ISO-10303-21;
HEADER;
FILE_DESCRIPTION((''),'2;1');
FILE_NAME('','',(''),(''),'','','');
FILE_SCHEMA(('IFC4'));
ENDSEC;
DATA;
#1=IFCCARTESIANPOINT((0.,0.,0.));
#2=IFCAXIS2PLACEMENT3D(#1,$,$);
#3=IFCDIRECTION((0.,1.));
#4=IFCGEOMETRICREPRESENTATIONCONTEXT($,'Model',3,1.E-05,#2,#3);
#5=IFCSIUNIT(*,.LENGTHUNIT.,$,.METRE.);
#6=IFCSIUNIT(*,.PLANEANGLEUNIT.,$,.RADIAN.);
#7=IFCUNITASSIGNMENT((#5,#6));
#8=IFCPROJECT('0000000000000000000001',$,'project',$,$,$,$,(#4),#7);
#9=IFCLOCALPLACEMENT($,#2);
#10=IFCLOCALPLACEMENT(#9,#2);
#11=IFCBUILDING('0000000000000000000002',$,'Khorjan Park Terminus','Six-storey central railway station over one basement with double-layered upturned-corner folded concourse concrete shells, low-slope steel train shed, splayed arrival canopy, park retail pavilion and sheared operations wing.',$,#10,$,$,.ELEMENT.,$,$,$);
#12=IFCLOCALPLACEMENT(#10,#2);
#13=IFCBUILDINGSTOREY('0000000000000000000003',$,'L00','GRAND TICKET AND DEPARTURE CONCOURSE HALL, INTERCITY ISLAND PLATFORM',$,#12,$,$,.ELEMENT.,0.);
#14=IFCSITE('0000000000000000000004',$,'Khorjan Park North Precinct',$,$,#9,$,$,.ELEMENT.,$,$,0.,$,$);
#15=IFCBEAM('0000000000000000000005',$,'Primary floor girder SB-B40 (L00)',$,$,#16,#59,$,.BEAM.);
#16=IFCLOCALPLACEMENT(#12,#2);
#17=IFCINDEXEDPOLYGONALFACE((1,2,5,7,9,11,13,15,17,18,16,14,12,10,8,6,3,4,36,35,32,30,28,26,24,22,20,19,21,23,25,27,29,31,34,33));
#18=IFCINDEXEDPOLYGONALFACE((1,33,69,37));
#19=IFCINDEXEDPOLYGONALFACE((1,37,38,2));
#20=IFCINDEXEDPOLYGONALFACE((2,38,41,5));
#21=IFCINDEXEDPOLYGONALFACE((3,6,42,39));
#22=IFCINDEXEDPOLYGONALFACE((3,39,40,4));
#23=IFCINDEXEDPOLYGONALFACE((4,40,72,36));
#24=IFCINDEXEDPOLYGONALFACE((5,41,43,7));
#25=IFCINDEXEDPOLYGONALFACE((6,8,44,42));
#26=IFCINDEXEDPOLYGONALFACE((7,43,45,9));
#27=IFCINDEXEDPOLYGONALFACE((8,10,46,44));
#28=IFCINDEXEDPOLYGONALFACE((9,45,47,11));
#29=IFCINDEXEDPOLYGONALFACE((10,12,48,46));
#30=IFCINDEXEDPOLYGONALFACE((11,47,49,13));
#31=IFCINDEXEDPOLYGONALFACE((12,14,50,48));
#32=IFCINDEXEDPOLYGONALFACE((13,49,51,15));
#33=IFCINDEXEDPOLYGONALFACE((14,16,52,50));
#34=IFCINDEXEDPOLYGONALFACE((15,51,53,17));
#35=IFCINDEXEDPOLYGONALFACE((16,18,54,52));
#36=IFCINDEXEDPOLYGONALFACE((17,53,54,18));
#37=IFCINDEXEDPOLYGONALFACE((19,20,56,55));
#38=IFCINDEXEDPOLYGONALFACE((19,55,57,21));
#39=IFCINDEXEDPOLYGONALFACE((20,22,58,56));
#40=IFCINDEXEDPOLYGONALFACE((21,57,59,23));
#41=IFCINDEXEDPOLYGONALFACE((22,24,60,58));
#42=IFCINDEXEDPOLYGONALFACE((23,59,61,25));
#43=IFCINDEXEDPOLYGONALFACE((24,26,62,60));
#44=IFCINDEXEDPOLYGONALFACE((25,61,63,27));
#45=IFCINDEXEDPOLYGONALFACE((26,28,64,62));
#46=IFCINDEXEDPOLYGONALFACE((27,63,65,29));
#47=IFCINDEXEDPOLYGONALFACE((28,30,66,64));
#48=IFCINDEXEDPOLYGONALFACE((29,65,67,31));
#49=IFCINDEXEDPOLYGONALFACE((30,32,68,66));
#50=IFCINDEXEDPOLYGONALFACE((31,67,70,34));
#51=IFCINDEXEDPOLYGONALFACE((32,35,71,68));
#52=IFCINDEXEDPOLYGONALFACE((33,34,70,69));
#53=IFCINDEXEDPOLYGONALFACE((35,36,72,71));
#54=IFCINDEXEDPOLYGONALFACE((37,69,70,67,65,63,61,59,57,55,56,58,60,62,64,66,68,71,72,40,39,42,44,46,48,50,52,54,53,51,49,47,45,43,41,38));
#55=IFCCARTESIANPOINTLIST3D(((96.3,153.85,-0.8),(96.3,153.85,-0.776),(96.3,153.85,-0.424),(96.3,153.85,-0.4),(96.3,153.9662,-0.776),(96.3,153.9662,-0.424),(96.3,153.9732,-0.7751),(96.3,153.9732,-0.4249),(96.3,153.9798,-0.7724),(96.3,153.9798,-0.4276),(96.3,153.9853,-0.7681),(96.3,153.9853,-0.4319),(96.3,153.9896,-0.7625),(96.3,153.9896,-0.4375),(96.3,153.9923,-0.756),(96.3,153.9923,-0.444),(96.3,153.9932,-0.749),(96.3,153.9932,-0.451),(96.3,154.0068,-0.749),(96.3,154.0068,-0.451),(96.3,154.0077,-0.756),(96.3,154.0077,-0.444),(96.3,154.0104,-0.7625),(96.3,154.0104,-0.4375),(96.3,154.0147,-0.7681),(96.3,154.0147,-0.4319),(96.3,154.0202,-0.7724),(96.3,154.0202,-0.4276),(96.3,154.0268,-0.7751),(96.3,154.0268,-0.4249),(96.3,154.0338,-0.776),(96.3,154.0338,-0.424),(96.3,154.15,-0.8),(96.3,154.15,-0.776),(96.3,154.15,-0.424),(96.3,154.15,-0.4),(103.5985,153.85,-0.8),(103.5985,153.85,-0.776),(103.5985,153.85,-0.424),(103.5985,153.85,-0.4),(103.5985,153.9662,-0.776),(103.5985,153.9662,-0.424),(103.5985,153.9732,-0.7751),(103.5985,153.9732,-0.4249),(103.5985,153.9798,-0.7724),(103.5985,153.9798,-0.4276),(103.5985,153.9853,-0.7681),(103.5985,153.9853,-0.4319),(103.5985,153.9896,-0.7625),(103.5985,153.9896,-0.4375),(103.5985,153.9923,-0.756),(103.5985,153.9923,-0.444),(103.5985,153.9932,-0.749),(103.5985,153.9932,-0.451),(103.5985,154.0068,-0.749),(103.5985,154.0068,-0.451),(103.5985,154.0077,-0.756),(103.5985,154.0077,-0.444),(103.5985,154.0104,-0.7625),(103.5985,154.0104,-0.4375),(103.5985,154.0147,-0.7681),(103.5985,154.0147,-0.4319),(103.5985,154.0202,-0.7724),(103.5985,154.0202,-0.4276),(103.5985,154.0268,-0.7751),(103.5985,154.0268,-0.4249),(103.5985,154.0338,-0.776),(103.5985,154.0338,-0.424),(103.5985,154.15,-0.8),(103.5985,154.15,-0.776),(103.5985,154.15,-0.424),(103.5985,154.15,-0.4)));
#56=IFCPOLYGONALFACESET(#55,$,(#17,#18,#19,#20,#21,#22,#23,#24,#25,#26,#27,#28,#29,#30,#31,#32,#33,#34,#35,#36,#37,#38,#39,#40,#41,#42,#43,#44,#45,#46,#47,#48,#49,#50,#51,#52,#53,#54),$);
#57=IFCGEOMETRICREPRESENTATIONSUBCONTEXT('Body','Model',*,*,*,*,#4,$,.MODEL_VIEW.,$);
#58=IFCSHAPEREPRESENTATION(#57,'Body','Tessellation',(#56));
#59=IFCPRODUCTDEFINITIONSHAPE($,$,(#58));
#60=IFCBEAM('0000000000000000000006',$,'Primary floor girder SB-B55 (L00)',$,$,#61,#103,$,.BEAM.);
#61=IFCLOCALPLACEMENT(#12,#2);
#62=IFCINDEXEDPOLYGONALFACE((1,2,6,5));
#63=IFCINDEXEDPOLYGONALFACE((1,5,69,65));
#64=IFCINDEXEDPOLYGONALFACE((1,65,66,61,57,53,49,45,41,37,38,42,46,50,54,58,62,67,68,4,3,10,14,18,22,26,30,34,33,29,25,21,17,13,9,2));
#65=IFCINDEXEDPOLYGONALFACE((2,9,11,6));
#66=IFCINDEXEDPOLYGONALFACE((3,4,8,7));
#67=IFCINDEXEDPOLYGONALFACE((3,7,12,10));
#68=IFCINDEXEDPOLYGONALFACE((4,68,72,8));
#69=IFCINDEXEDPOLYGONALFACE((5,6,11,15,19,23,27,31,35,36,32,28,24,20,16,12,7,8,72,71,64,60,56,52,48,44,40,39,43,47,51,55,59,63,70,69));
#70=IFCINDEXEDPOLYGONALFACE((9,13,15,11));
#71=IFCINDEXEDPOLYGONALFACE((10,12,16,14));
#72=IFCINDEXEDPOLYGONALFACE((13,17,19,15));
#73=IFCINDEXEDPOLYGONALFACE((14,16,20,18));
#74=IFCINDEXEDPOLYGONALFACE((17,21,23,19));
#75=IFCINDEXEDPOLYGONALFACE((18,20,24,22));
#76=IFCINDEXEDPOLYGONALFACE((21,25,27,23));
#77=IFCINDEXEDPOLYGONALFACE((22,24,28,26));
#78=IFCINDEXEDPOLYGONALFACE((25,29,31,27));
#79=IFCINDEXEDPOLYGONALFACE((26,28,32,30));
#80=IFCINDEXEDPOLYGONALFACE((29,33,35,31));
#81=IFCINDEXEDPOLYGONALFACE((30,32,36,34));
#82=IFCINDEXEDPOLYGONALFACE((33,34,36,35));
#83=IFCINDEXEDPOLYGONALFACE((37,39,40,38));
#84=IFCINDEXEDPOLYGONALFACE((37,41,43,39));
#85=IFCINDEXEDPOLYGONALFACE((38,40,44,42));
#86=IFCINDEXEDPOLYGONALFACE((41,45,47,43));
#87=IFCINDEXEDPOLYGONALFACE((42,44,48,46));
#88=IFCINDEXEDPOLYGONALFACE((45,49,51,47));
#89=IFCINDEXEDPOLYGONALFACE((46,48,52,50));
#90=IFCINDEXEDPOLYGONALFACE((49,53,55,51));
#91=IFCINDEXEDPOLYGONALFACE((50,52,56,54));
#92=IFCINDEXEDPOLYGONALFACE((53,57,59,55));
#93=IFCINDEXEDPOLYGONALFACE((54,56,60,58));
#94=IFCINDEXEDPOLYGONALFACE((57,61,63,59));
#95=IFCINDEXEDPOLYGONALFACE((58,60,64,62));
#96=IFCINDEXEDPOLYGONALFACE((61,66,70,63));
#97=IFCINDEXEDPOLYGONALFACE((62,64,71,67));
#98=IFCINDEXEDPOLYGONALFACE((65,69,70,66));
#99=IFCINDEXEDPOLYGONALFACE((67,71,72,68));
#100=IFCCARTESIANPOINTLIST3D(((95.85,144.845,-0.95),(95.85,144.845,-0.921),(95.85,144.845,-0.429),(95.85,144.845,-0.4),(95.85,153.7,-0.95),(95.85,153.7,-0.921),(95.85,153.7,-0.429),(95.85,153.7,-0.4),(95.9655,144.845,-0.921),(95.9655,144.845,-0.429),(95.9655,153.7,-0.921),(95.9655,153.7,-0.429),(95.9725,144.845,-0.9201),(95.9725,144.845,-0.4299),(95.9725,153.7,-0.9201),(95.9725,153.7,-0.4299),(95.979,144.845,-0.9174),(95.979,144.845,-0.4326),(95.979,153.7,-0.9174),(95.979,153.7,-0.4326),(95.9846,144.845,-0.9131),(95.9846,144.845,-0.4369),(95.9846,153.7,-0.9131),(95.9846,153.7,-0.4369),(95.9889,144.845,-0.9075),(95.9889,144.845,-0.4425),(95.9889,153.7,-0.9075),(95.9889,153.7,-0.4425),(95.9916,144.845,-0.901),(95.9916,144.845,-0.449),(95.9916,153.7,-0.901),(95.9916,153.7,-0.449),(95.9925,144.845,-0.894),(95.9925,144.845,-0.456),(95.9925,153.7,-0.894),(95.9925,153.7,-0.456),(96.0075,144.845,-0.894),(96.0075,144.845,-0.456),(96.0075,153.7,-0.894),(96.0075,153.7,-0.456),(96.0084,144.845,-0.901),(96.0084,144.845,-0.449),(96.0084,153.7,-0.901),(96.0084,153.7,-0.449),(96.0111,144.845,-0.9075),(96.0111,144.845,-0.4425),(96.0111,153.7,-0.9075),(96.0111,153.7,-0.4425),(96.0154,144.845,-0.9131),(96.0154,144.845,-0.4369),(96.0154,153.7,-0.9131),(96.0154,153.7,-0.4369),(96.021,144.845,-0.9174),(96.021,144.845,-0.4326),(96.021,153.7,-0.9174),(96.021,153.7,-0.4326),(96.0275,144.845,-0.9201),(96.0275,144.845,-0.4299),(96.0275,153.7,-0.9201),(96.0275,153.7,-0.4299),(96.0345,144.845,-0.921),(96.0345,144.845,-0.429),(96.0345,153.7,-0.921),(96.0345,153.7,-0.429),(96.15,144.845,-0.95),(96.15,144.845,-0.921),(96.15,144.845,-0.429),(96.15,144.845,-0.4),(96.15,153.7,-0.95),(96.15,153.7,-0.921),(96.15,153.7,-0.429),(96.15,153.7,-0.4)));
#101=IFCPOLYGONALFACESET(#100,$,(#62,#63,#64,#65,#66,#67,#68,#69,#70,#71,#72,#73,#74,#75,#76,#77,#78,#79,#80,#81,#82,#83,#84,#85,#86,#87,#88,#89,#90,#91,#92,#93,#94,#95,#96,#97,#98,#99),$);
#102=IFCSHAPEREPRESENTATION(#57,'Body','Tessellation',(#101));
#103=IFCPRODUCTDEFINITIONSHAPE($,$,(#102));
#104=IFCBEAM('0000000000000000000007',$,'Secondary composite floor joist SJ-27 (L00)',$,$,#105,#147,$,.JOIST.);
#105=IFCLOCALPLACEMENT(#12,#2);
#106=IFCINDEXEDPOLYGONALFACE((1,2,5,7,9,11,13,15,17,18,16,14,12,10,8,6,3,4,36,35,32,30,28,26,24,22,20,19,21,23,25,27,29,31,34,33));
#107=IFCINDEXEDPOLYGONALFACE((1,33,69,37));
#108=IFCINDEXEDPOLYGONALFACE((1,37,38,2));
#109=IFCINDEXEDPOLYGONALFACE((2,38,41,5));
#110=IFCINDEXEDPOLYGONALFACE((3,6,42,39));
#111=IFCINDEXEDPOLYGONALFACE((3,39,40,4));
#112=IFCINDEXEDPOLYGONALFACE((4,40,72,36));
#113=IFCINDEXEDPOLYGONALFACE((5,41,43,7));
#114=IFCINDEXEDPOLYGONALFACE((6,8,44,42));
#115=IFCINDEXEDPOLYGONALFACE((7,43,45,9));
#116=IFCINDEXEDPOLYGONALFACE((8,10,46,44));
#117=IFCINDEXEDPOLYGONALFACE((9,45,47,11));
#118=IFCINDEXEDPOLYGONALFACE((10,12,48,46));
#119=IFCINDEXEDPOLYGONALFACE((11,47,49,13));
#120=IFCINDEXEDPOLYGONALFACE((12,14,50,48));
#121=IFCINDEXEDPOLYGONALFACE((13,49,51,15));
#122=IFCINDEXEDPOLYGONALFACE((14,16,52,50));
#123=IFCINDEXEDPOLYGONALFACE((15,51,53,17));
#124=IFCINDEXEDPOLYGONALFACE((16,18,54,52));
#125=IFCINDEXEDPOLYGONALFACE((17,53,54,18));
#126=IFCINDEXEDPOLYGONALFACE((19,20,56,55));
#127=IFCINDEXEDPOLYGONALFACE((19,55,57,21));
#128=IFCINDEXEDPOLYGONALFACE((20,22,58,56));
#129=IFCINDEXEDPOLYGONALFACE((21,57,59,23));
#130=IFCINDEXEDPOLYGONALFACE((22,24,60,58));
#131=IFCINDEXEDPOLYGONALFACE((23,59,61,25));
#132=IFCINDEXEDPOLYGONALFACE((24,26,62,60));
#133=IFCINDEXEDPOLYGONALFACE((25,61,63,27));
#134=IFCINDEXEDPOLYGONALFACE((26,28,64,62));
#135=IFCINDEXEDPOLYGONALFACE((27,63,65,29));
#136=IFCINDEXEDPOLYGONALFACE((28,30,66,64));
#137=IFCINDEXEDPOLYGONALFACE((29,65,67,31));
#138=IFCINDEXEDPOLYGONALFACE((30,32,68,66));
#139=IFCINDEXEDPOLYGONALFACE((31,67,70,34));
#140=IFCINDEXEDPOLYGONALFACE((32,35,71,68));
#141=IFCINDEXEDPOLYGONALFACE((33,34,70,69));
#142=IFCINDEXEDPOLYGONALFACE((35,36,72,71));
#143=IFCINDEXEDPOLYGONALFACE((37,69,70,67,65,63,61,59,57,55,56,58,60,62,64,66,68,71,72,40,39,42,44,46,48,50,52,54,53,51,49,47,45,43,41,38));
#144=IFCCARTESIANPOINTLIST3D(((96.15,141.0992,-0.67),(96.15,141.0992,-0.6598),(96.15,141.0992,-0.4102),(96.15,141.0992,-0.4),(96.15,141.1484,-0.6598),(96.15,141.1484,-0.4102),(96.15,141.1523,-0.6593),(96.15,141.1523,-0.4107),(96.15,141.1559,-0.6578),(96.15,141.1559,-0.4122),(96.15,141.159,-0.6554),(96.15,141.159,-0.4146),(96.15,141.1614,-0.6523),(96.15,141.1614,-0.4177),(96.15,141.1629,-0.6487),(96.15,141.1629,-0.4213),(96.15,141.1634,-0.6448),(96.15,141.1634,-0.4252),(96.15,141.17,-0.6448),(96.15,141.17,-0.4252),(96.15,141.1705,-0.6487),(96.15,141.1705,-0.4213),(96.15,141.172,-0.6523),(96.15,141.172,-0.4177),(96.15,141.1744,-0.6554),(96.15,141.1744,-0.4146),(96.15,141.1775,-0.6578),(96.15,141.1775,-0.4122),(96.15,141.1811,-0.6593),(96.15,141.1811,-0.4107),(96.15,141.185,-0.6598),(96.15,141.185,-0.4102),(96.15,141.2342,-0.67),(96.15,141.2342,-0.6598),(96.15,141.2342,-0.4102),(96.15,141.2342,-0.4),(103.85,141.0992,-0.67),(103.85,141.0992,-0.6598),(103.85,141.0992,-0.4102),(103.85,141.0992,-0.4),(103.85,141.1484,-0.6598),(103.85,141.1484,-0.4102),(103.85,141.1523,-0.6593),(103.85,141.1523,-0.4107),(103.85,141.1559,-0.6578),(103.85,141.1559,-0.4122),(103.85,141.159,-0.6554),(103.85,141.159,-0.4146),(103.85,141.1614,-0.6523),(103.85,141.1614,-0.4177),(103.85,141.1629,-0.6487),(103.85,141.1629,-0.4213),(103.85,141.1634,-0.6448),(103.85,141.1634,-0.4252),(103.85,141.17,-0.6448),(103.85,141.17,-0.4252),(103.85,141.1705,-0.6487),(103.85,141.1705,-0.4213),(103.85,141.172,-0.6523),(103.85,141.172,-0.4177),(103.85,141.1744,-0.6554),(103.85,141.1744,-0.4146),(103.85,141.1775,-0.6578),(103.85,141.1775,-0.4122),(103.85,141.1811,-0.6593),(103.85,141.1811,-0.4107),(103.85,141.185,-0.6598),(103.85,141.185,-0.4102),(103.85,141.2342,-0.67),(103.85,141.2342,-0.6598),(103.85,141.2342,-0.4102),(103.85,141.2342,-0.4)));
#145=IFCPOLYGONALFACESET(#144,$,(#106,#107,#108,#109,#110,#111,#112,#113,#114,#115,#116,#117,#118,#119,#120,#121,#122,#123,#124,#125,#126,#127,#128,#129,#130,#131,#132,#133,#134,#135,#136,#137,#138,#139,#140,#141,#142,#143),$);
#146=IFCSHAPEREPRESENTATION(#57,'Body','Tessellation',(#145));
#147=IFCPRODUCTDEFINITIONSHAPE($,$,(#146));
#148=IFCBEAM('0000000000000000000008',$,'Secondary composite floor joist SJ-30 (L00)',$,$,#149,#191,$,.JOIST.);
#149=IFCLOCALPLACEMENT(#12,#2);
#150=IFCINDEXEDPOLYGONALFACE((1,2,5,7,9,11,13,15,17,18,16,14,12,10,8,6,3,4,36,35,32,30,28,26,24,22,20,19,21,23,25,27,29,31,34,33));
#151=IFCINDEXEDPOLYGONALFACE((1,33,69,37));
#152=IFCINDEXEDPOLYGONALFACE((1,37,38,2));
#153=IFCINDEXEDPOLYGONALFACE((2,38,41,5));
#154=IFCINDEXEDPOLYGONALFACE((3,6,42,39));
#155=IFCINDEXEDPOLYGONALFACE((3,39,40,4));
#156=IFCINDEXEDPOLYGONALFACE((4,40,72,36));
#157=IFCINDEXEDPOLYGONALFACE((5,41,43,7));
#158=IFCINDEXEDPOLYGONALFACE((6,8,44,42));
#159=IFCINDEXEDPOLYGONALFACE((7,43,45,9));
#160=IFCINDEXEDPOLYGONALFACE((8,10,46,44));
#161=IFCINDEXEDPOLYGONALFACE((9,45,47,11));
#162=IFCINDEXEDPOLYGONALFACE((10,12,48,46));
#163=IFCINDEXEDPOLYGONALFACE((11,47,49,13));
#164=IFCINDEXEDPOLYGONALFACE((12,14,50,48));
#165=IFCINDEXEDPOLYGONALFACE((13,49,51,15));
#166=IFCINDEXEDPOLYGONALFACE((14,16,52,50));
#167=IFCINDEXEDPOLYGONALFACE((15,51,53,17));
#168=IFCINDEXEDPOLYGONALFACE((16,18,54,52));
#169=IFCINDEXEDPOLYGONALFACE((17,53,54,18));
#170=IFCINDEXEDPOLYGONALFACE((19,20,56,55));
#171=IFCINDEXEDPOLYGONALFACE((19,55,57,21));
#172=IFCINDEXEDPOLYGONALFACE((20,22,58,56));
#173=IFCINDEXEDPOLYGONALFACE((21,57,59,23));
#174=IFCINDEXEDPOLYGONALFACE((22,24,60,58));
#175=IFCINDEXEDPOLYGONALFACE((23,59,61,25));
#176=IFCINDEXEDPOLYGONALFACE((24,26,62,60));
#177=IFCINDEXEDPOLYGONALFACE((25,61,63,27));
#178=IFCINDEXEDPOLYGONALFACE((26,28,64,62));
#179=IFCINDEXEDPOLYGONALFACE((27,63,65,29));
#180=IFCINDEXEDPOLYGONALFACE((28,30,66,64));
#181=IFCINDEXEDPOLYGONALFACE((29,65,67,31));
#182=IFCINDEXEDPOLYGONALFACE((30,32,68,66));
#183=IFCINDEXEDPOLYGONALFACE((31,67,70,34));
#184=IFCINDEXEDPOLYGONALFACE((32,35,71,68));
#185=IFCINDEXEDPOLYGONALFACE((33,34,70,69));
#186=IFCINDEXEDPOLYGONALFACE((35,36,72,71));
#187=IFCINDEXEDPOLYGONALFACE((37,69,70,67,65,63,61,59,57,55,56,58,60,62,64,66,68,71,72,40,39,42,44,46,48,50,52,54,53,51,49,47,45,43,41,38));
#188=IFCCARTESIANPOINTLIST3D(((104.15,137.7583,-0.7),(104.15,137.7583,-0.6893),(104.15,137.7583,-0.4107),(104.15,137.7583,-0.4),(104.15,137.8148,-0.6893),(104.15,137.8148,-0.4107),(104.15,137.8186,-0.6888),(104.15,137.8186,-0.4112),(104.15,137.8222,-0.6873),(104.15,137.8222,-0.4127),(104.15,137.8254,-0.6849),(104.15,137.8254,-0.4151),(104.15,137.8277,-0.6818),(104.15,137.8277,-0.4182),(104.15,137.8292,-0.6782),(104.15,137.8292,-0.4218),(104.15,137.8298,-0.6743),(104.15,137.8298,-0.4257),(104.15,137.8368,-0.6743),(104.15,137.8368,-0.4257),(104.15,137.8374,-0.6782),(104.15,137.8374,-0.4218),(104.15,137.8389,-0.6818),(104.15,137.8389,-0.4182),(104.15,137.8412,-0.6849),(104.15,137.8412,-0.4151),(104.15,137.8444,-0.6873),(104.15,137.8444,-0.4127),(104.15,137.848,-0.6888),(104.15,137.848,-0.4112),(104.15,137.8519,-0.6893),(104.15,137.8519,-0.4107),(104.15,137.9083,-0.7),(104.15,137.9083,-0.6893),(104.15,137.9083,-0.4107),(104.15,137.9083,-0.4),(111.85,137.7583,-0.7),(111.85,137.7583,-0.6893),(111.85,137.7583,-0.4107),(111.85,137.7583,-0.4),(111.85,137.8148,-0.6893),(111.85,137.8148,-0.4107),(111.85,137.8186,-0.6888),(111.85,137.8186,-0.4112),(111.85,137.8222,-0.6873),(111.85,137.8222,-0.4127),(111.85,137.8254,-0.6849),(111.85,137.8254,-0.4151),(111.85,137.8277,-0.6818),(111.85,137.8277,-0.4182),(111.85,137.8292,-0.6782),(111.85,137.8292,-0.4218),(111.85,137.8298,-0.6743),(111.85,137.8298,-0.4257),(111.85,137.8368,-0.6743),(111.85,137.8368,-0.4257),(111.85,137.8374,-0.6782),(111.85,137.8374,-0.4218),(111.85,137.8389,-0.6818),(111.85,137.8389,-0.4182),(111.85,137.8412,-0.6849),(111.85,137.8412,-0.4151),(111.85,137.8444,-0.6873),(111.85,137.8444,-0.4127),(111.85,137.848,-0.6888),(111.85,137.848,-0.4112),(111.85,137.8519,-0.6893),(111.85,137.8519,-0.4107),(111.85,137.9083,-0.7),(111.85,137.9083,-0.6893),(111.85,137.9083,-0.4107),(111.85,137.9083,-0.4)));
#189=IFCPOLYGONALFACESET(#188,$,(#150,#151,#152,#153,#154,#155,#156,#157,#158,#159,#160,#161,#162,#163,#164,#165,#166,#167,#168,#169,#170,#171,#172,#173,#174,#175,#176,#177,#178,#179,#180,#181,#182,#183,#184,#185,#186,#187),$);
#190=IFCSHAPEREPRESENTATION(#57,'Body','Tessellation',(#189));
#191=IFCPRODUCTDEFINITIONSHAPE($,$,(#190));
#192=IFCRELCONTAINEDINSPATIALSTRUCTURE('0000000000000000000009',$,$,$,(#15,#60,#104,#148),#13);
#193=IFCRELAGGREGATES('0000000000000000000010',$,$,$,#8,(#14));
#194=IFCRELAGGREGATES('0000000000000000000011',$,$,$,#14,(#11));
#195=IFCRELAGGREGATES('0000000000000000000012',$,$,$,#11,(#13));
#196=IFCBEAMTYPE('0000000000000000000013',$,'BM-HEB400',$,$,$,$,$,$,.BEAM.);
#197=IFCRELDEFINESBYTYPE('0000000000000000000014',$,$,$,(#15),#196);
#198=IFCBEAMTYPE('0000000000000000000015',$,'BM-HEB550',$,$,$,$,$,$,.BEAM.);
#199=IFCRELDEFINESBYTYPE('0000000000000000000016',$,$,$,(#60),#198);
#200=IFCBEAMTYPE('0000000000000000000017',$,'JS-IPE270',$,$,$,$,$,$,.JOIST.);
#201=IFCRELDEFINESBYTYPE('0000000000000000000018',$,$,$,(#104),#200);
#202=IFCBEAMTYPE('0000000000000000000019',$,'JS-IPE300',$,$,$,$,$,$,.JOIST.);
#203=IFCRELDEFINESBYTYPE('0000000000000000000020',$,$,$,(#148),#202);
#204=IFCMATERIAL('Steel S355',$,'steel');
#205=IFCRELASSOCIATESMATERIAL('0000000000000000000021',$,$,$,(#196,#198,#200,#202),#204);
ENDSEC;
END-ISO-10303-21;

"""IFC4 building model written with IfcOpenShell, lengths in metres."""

from ifc_helpers import new_model, si_unit, direction, frame, origin, origin_2d, place, context, subcontext, project, spatial, i_section, extrude, material, material_profile, profile_set, type_object, element, save


model = new_model("IFC4")

# Units and contexts
model_context = context("Model", 3, precision=1e-05, world=origin(), true_north=direction((0.0, 1.0)))
body_context = subcontext(model_context, "Body", "Model", "MODEL_VIEW")
ifc_project = project(units=[si_unit("LENGTHUNIT", "METRE"), si_unit("PLANEANGLEUNIT", "RADIAN")], contexts=[model_context])

# Site, building, storey
site_placement = place(None, origin())
site = spatial("IfcSite", under=ifc_project, at=site_placement, Name="Khorjan Park North Precinct", CompositionType="ELEMENT", RefElevation=0.0)
building_placement = place(site_placement, origin())
building = spatial("IfcBuilding", under=site, at=building_placement, Name="Khorjan Park Terminus", Description="Six-storey central railway station over one basement with double-layered upturned-corner folded concourse concrete shells, low-slope steel train shed, splayed arrival canopy, park retail pavilion and sheared operations wing.", CompositionType="ELEMENT")
storey_placement = place(building_placement, origin())
storey = spatial("IfcBuildingStorey", under=building, at=storey_placement, Name="L00", Description="GRAND TICKET AND DEPARTURE CONCOURSE HALL, INTERCITY ISLAND PLATFORM", CompositionType="ELEMENT", Elevation=0.0)

# Shared definitions
ifc_material_1 = material(Name="Steel S355", Category="steel")

# Beams
ifc_material_profile_1 = material_profile(ifc_material_1, i_section(OverallWidth=0.3, OverallDepth=0.4, WebThickness=0.0135, FlangeThickness=0.024, FilletRadius=0.027, at=origin_2d()), Name="HEB 400")
ifc_profile_set_1 = profile_set([ifc_material_profile_1], Name="Steel S355")
beam_type_1 = type_object("IfcBeamType", Name="BM-HEB400", PredefinedType="BEAM", material=ifc_profile_set_1)
beam_1_placement = place(storey_placement, frame((96.3, 154.0, -0.6), z_axis=(1.0, 0.0, 0.0), x_axis=(0.0, 1.0, 0.0)))
element("IfcBeam", 1, at=beam_1_placement, inside=storey, type_object=beam_type_1, Name="Primary floor girder SB-B40 (L00)", PredefinedType="BEAM", context=body_context, shape_type="SweptSolid", body=[
    extrude(i_section(OverallWidth=0.3, OverallDepth=0.4, WebThickness=0.0135, FlangeThickness=0.024, FilletRadius=0.027, at=origin_2d()), origin(), (0.0, 0.0, 1.0), 7.2985),
])
ifc_material_profile_2 = material_profile(ifc_material_1, i_section(OverallWidth=0.3, OverallDepth=0.55, WebThickness=0.015, FlangeThickness=0.029, FilletRadius=0.027, at=origin_2d()), Name="HEB 550")
ifc_profile_set_2 = profile_set([ifc_material_profile_2], Name="Steel S355")
beam_type_2 = type_object("IfcBeamType", Name="BM-HEB550", PredefinedType="BEAM", material=ifc_profile_set_2)
beam_2_placement = place(storey_placement, frame((96.0, 144.845, -0.675), z_axis=(0.0, 1.0, 0.0), x_axis=(-1.0, 0.0, 0.0)))
element("IfcBeam", 2, at=beam_2_placement, inside=storey, type_object=beam_type_2, Name="Primary floor girder SB-B55 (L00)", PredefinedType="BEAM", context=body_context, shape_type="SweptSolid", body=[
    extrude(i_section(OverallWidth=0.3, OverallDepth=0.55, WebThickness=0.015, FlangeThickness=0.029, FilletRadius=0.027, at=origin_2d()), origin(), (0.0, 0.0, 1.0), 8.855),
])
ifc_material_profile_3 = material_profile(ifc_material_1, i_section(OverallWidth=0.135, OverallDepth=0.27, WebThickness=0.0066, FlangeThickness=0.0102, FilletRadius=0.015, at=origin_2d()), Name="IPE 270")
ifc_profile_set_3 = profile_set([ifc_material_profile_3], Name="Steel S355")
beam_type_3 = type_object("IfcBeamType", Name="JS-IPE270", PredefinedType="JOIST", material=ifc_profile_set_3)
beam_3_placement = place(storey_placement, frame((96.15, 141.1667, -0.535), z_axis=(1.0, 0.0, 0.0), x_axis=(0.0, 1.0, 0.0)))
element("IfcBeam", 3, at=beam_3_placement, inside=storey, type_object=beam_type_3, Name="Secondary composite floor joist SJ-27 (L00)", PredefinedType="JOIST", context=body_context, shape_type="SweptSolid", body=[
    extrude(i_section(OverallWidth=0.135, OverallDepth=0.27, WebThickness=0.0066, FlangeThickness=0.0102, FilletRadius=0.015, at=origin_2d()), origin(), (0.0, 0.0, 1.0), 7.7),
])
ifc_material_profile_4 = material_profile(ifc_material_1, i_section(OverallWidth=0.15, OverallDepth=0.3, WebThickness=0.0071, FlangeThickness=0.0107, FilletRadius=0.015, at=origin_2d()), Name="IPE 300")
ifc_profile_set_4 = profile_set([ifc_material_profile_4], Name="Steel S355")
beam_type_4 = type_object("IfcBeamType", Name="JS-IPE300", PredefinedType="JOIST", material=ifc_profile_set_4)
beam_4_placement = place(storey_placement, frame((104.15, 137.8333, -0.55), z_axis=(1.0, 0.0, 0.0), x_axis=(0.0, 1.0, 0.0)))
element("IfcBeam", 4, at=beam_4_placement, inside=storey, type_object=beam_type_4, Name="Secondary composite floor joist SJ-30 (L00)", PredefinedType="JOIST", context=body_context, shape_type="SweptSolid", body=[
    extrude(i_section(OverallWidth=0.15, OverallDepth=0.3, WebThickness=0.0071, FlangeThickness=0.0107, FilletRadius=0.015, at=origin_2d()), origin(), (0.0, 0.0, 1.0), 7.7),
])

save(model, "model.ifc")
